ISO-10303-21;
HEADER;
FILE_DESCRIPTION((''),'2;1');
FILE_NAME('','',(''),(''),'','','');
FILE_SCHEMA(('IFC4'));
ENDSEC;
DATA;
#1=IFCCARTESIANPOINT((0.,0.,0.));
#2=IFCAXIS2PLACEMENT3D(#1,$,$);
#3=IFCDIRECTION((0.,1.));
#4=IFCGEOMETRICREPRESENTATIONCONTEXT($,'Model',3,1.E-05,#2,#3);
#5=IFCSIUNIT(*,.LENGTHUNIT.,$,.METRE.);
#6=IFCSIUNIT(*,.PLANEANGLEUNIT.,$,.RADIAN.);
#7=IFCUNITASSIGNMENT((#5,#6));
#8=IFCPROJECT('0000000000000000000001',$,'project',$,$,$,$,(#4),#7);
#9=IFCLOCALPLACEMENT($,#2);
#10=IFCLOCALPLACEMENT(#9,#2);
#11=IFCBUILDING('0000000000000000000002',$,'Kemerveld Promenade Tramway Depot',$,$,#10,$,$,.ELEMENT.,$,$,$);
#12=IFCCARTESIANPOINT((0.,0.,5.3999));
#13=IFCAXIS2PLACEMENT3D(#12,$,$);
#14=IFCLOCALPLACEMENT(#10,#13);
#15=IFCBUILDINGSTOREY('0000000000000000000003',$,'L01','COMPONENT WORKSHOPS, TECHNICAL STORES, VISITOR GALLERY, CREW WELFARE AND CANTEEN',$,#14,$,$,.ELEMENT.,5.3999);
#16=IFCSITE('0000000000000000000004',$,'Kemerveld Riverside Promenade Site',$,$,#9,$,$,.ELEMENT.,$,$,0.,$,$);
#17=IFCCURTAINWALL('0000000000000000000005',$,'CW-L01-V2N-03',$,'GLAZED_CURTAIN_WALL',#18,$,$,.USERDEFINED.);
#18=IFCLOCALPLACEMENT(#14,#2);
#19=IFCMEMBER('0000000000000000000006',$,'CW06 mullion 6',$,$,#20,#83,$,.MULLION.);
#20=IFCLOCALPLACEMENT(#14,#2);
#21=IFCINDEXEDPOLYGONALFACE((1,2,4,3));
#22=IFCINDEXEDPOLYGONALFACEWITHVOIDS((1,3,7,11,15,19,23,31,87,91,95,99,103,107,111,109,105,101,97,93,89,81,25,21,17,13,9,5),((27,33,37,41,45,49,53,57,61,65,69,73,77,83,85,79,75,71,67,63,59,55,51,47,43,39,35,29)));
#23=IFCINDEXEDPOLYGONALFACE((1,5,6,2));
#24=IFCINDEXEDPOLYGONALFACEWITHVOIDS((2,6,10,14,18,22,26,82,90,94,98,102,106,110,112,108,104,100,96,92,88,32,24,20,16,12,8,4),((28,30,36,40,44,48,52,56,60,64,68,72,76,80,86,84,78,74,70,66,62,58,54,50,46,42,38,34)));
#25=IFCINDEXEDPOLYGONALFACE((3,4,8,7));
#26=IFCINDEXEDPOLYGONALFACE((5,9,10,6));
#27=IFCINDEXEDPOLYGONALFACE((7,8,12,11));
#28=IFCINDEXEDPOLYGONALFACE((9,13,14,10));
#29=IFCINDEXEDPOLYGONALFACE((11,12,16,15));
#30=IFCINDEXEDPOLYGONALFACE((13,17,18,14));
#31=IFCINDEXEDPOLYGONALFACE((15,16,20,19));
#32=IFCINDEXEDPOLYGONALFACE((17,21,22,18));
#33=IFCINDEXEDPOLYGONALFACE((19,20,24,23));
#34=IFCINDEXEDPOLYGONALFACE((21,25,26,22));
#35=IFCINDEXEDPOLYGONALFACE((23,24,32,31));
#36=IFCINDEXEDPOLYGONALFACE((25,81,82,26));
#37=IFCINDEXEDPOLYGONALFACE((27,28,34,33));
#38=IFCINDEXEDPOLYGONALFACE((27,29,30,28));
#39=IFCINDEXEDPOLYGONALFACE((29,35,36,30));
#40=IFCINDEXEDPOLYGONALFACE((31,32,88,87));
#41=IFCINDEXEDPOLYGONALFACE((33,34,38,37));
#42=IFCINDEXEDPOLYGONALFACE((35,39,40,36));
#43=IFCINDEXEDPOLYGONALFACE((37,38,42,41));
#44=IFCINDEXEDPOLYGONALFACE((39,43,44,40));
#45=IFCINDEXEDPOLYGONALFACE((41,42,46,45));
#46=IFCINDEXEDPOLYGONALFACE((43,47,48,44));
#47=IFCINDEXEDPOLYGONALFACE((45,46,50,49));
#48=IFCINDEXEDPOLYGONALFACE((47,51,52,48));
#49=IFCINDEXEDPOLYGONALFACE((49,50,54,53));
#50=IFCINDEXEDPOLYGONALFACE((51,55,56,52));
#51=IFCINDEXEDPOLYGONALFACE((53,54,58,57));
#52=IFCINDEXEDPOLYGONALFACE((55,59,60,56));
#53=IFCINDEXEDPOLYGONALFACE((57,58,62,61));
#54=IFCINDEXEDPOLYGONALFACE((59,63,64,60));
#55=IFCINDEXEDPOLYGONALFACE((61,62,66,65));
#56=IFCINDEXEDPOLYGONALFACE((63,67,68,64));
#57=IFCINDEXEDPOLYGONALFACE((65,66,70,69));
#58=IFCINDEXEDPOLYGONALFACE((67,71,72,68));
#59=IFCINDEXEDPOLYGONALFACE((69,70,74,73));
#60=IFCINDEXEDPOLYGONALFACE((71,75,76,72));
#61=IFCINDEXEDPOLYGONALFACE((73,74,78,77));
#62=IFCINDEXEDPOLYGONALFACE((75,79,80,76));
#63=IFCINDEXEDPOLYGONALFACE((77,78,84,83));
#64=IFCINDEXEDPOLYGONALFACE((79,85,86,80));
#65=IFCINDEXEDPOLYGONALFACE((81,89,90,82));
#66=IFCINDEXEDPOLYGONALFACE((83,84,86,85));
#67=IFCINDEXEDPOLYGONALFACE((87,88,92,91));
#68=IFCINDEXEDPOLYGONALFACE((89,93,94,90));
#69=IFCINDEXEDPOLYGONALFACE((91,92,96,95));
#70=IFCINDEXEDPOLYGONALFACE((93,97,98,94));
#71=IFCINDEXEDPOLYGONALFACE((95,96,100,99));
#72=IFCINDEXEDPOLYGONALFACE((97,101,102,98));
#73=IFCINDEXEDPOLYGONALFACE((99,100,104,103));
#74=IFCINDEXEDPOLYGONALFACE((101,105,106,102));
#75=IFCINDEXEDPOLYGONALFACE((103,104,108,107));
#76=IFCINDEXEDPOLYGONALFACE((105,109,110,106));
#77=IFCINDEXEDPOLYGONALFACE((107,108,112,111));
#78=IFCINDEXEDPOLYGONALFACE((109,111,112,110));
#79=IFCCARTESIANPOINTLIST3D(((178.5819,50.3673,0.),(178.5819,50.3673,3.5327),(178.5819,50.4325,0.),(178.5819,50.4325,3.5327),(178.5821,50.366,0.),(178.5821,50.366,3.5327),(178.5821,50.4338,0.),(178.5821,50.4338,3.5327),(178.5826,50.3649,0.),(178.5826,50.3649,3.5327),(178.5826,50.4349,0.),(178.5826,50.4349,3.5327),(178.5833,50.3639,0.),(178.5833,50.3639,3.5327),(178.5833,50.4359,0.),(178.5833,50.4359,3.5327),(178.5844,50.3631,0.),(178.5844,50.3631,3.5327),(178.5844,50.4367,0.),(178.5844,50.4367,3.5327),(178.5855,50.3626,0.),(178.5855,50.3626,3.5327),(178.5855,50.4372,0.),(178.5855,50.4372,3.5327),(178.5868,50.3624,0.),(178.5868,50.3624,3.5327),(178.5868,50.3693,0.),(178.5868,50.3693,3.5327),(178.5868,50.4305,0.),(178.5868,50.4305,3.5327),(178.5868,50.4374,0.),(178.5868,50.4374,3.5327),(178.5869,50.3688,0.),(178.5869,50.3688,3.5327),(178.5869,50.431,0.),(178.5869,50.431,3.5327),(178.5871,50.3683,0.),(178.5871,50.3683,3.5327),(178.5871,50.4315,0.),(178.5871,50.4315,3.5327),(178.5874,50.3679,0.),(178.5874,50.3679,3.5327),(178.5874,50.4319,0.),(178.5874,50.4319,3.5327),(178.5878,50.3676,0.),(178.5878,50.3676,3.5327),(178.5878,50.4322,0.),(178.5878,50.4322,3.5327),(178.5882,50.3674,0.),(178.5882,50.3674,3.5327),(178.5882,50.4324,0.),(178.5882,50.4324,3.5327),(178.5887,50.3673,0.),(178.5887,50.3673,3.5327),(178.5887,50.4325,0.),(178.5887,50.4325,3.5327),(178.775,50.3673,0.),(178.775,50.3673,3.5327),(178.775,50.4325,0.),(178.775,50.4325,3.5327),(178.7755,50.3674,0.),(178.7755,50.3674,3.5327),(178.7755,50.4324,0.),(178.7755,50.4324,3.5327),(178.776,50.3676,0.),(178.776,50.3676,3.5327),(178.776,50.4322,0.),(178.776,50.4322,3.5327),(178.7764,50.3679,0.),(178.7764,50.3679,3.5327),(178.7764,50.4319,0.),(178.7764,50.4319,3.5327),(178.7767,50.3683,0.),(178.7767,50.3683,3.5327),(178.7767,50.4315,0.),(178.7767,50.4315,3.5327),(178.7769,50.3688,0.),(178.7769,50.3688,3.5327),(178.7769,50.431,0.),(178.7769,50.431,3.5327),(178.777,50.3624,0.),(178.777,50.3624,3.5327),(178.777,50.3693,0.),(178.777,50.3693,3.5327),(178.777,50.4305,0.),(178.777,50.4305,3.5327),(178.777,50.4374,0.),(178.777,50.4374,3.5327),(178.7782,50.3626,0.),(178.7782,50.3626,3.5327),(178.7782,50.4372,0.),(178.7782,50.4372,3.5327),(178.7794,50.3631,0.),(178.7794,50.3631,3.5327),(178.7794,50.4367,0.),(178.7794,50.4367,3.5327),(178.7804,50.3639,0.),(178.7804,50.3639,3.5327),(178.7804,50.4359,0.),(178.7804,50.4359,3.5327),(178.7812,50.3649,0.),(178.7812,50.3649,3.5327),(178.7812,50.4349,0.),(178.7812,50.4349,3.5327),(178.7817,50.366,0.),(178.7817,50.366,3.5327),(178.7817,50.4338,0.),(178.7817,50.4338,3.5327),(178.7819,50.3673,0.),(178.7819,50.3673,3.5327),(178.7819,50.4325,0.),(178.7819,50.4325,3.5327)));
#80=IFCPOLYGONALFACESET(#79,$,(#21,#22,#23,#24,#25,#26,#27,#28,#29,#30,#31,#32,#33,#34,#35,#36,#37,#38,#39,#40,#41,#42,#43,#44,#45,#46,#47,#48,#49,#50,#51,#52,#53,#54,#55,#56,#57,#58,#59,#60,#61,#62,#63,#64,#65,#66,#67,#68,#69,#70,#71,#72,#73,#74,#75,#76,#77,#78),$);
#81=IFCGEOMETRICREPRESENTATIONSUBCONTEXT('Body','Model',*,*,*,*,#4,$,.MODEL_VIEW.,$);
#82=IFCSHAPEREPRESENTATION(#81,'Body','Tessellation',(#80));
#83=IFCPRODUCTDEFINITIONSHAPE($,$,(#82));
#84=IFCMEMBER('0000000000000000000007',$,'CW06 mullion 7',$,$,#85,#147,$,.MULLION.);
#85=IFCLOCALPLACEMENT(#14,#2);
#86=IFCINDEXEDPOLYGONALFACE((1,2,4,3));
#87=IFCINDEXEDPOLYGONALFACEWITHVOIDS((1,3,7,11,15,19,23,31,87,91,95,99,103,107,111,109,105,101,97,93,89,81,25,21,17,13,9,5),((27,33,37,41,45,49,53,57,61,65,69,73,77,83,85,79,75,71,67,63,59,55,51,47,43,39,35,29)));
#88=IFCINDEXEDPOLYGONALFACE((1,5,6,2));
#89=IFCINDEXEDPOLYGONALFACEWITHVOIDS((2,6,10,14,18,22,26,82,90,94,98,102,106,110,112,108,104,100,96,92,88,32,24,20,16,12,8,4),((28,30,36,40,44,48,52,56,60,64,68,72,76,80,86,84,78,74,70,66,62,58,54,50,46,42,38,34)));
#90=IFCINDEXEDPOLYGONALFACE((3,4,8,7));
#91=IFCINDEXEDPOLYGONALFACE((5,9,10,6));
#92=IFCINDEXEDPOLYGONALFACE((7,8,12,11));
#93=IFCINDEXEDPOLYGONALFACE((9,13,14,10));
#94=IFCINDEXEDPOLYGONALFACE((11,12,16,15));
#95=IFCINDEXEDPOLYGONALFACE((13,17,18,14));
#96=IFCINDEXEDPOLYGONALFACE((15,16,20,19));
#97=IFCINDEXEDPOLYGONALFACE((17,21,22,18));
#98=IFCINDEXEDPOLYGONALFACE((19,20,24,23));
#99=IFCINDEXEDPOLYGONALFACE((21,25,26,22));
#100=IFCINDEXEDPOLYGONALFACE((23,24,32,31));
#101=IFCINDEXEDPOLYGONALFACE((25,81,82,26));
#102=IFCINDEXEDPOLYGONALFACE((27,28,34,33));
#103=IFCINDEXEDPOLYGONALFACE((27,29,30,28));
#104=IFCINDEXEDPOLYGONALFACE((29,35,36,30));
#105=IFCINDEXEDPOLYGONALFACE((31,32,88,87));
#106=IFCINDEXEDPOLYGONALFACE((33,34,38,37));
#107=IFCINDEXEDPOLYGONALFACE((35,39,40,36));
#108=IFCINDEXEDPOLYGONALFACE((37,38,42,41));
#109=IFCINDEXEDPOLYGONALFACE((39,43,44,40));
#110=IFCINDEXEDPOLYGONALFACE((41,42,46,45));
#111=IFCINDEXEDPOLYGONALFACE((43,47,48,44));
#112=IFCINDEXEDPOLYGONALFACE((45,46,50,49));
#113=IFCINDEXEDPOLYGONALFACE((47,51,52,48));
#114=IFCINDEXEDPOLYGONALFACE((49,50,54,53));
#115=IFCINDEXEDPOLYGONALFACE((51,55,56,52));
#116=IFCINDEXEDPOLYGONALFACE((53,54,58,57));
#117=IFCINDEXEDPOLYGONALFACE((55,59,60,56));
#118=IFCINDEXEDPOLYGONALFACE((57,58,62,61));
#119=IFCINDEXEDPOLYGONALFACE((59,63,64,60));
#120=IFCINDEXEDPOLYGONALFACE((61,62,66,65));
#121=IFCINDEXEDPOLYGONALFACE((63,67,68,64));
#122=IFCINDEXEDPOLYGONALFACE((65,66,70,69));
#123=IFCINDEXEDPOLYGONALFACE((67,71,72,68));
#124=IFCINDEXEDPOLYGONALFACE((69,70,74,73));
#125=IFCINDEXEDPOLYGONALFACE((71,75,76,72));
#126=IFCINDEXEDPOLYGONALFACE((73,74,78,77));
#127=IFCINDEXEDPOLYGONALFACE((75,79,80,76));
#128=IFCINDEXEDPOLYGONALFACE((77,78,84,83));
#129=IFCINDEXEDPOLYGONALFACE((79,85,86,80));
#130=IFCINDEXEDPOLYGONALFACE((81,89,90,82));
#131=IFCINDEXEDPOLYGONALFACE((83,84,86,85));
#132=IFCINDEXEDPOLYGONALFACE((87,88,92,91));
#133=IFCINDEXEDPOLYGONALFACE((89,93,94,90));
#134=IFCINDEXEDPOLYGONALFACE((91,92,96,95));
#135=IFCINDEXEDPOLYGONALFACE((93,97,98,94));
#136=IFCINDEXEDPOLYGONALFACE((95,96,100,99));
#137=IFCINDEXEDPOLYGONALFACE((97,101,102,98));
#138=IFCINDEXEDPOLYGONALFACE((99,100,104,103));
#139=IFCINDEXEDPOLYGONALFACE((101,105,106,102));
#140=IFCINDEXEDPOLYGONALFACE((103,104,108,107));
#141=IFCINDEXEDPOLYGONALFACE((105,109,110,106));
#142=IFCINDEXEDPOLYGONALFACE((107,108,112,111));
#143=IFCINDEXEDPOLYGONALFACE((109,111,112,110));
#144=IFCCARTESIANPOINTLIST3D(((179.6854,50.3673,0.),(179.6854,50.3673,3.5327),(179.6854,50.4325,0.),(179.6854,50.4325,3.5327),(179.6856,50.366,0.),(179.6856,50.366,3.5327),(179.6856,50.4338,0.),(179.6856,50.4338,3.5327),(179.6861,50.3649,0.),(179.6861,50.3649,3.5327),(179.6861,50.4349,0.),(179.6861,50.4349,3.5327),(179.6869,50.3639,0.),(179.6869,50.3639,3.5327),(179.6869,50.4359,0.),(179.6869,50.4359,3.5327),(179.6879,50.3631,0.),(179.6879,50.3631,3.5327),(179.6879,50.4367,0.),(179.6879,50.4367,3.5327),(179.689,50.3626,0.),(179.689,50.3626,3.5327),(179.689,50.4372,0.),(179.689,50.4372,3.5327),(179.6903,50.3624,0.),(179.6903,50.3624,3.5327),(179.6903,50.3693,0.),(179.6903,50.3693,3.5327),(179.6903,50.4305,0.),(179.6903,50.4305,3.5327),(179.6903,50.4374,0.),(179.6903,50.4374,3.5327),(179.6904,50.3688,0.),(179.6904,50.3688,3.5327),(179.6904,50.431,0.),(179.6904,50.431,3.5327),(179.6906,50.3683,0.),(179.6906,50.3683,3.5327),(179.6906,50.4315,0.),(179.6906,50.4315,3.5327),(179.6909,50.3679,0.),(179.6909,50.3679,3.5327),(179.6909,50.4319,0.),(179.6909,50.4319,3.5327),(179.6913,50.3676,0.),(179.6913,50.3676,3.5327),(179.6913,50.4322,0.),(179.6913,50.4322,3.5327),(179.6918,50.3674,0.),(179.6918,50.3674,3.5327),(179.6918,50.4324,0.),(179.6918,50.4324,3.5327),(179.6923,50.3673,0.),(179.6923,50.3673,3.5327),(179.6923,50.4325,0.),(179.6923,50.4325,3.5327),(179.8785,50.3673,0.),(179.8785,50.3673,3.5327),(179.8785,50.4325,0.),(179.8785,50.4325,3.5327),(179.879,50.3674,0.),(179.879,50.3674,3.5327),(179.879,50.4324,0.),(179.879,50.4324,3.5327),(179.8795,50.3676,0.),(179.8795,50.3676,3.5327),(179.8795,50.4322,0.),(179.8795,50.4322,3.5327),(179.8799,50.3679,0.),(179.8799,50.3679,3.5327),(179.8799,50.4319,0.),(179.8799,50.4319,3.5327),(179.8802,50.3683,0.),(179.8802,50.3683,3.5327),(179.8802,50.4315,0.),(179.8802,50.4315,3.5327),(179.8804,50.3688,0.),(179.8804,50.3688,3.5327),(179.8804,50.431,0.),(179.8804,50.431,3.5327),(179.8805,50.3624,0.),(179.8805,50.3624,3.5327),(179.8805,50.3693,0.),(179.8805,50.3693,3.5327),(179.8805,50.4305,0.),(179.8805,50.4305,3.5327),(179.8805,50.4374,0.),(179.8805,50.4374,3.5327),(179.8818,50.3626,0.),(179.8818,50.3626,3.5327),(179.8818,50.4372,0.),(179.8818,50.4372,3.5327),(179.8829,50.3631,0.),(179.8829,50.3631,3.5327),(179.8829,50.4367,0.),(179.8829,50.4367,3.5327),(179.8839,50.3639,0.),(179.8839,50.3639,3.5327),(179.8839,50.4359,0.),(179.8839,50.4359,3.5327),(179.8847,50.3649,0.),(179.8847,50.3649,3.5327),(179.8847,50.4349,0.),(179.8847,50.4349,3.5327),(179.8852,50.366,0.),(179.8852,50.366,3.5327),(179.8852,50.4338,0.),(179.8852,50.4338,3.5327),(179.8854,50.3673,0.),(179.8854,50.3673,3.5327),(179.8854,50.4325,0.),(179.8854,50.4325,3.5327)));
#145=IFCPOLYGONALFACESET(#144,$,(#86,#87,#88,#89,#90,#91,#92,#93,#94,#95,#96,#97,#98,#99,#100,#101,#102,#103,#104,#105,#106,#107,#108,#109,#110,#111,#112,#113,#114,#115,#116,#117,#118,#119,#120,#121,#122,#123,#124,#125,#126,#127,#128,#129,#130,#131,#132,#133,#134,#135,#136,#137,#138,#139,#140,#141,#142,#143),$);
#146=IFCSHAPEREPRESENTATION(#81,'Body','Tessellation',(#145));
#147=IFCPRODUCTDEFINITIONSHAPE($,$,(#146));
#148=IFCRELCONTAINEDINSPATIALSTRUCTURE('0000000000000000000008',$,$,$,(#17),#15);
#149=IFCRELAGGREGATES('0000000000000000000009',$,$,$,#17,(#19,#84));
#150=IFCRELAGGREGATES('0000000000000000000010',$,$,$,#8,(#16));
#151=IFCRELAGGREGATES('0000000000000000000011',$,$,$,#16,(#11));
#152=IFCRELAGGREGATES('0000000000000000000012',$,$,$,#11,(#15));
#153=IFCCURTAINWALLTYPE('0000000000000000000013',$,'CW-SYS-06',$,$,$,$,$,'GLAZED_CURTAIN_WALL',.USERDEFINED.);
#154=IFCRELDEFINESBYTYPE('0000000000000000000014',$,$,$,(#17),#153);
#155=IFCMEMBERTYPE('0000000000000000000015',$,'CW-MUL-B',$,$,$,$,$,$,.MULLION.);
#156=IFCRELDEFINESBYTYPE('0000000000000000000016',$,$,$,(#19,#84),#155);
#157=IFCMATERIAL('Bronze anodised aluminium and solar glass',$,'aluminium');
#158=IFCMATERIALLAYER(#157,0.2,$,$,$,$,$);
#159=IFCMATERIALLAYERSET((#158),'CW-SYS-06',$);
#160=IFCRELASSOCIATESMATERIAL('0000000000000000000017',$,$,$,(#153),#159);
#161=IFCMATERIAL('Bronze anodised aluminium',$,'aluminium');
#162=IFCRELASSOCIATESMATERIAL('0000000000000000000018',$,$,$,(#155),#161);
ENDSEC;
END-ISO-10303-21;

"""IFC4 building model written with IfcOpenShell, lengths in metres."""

from ifc_helpers import new_model, si_unit, direction, frame, origin, origin_2d, place, context, subcontext, project, spatial, hollow_rectangle, extrude, material, layer, layer_set, material_profile, profile_set, type_object, element, aggregate, save


model = new_model("IFC4")

# Units and contexts
model_context = context("Model", 3, precision=1e-05, world=origin(), true_north=direction((0.0, 1.0)))
body_context = subcontext(model_context, "Body", "Model", "MODEL_VIEW")
ifc_project = project(units=[si_unit("LENGTHUNIT", "METRE"), si_unit("PLANEANGLEUNIT", "RADIAN")], contexts=[model_context])

# Site, building, storey
site_placement = place(None, origin())
site = spatial("IfcSite", under=ifc_project, at=site_placement, Name="Kemerveld Riverside Promenade Site", CompositionType="ELEMENT", RefElevation=0.0)
building_placement = place(site_placement, origin())
building = spatial("IfcBuilding", under=site, at=building_placement, Name="Kemerveld Promenade Tramway Depot", CompositionType="ELEMENT")
storey_placement = place(building_placement, frame((0.0, 0.0, 5.3999)))
storey = spatial("IfcBuildingStorey", under=building, at=storey_placement, Name="L01", Description="COMPONENT WORKSHOPS, TECHNICAL STORES, VISITOR GALLERY, CREW WELFARE AND CANTEEN", CompositionType="ELEMENT", Elevation=5.3999)

# Curtain wall, members
ifc_material_1 = material(Name="Bronze anodised aluminium and solar glass", Category="aluminium")
ifc_layer_1 = layer(ifc_material_1, 0.2)
ifc_layer_set_1 = layer_set([ifc_layer_1], Name="CW-SYS-06")
curtain_wall_type_1 = type_object("IfcCurtainWallType", Name="CW-SYS-06", ElementType="GLAZED_CURTAIN_WALL", PredefinedType="USERDEFINED", material=ifc_layer_set_1)
curtain_wall_1_placement = place(storey_placement, origin())
curtain_wall_1 = element("IfcCurtainWall", 1, at=curtain_wall_1_placement, inside=storey, type_object=curtain_wall_type_1, Name="CW-L01-V2N-03", ObjectType="GLAZED_CURTAIN_WALL", PredefinedType="USERDEFINED")
ifc_material_2 = material(Name="Bronze anodised aluminium", Category="aluminium")
ifc_material_profile_1 = material_profile(ifc_material_2, hollow_rectangle(XDim=0.075, YDim=0.2, WallThickness=0.0049, InnerFilletRadius=0.002, OuterFilletRadius=0.0049, at=origin_2d()), Name="CW-MUL-200x75")
ifc_profile_set_1 = profile_set([ifc_material_profile_1], Name="Bronze anodised aluminium")
member_type_1 = type_object("IfcMemberType", Name="CW-MUL-B", PredefinedType="MULLION", material=ifc_profile_set_1)
member_1_placement = place(storey_placement, frame((178.6819, 50.3999, 0.0), z_axis=(0.0, 0.0, 1.0), x_axis=(0.0, 1.0, 0.0)))
member_1 = element("IfcMember", 2, at=member_1_placement, type_object=member_type_1, Name="CW06 mullion 6", PredefinedType="MULLION", context=body_context, shape_type="SweptSolid", body=[
    extrude(hollow_rectangle(XDim=0.075, YDim=0.2, WallThickness=0.0049, InnerFilletRadius=0.002, OuterFilletRadius=0.0049, at=origin_2d()), origin(), (0.0, 0.0, 1.0), 3.5327),
])
member_2_placement = place(storey_placement, frame((179.7854, 50.3999, 0.0), z_axis=(0.0, 0.0, 1.0), x_axis=(0.0, 1.0, 0.0)))
member_2 = element("IfcMember", 3, at=member_2_placement, type_object=member_type_1, Name="CW06 mullion 7", PredefinedType="MULLION", context=body_context, shape_type="SweptSolid", body=[
    extrude(hollow_rectangle(XDim=0.075, YDim=0.2, WallThickness=0.0049, InnerFilletRadius=0.002, OuterFilletRadius=0.0049, at=origin_2d()), origin(), (0.0, 0.0, 1.0), 3.5327),
])

aggregate(curtain_wall_1, [member_1, member_2])

save(model, "model.ifc")
